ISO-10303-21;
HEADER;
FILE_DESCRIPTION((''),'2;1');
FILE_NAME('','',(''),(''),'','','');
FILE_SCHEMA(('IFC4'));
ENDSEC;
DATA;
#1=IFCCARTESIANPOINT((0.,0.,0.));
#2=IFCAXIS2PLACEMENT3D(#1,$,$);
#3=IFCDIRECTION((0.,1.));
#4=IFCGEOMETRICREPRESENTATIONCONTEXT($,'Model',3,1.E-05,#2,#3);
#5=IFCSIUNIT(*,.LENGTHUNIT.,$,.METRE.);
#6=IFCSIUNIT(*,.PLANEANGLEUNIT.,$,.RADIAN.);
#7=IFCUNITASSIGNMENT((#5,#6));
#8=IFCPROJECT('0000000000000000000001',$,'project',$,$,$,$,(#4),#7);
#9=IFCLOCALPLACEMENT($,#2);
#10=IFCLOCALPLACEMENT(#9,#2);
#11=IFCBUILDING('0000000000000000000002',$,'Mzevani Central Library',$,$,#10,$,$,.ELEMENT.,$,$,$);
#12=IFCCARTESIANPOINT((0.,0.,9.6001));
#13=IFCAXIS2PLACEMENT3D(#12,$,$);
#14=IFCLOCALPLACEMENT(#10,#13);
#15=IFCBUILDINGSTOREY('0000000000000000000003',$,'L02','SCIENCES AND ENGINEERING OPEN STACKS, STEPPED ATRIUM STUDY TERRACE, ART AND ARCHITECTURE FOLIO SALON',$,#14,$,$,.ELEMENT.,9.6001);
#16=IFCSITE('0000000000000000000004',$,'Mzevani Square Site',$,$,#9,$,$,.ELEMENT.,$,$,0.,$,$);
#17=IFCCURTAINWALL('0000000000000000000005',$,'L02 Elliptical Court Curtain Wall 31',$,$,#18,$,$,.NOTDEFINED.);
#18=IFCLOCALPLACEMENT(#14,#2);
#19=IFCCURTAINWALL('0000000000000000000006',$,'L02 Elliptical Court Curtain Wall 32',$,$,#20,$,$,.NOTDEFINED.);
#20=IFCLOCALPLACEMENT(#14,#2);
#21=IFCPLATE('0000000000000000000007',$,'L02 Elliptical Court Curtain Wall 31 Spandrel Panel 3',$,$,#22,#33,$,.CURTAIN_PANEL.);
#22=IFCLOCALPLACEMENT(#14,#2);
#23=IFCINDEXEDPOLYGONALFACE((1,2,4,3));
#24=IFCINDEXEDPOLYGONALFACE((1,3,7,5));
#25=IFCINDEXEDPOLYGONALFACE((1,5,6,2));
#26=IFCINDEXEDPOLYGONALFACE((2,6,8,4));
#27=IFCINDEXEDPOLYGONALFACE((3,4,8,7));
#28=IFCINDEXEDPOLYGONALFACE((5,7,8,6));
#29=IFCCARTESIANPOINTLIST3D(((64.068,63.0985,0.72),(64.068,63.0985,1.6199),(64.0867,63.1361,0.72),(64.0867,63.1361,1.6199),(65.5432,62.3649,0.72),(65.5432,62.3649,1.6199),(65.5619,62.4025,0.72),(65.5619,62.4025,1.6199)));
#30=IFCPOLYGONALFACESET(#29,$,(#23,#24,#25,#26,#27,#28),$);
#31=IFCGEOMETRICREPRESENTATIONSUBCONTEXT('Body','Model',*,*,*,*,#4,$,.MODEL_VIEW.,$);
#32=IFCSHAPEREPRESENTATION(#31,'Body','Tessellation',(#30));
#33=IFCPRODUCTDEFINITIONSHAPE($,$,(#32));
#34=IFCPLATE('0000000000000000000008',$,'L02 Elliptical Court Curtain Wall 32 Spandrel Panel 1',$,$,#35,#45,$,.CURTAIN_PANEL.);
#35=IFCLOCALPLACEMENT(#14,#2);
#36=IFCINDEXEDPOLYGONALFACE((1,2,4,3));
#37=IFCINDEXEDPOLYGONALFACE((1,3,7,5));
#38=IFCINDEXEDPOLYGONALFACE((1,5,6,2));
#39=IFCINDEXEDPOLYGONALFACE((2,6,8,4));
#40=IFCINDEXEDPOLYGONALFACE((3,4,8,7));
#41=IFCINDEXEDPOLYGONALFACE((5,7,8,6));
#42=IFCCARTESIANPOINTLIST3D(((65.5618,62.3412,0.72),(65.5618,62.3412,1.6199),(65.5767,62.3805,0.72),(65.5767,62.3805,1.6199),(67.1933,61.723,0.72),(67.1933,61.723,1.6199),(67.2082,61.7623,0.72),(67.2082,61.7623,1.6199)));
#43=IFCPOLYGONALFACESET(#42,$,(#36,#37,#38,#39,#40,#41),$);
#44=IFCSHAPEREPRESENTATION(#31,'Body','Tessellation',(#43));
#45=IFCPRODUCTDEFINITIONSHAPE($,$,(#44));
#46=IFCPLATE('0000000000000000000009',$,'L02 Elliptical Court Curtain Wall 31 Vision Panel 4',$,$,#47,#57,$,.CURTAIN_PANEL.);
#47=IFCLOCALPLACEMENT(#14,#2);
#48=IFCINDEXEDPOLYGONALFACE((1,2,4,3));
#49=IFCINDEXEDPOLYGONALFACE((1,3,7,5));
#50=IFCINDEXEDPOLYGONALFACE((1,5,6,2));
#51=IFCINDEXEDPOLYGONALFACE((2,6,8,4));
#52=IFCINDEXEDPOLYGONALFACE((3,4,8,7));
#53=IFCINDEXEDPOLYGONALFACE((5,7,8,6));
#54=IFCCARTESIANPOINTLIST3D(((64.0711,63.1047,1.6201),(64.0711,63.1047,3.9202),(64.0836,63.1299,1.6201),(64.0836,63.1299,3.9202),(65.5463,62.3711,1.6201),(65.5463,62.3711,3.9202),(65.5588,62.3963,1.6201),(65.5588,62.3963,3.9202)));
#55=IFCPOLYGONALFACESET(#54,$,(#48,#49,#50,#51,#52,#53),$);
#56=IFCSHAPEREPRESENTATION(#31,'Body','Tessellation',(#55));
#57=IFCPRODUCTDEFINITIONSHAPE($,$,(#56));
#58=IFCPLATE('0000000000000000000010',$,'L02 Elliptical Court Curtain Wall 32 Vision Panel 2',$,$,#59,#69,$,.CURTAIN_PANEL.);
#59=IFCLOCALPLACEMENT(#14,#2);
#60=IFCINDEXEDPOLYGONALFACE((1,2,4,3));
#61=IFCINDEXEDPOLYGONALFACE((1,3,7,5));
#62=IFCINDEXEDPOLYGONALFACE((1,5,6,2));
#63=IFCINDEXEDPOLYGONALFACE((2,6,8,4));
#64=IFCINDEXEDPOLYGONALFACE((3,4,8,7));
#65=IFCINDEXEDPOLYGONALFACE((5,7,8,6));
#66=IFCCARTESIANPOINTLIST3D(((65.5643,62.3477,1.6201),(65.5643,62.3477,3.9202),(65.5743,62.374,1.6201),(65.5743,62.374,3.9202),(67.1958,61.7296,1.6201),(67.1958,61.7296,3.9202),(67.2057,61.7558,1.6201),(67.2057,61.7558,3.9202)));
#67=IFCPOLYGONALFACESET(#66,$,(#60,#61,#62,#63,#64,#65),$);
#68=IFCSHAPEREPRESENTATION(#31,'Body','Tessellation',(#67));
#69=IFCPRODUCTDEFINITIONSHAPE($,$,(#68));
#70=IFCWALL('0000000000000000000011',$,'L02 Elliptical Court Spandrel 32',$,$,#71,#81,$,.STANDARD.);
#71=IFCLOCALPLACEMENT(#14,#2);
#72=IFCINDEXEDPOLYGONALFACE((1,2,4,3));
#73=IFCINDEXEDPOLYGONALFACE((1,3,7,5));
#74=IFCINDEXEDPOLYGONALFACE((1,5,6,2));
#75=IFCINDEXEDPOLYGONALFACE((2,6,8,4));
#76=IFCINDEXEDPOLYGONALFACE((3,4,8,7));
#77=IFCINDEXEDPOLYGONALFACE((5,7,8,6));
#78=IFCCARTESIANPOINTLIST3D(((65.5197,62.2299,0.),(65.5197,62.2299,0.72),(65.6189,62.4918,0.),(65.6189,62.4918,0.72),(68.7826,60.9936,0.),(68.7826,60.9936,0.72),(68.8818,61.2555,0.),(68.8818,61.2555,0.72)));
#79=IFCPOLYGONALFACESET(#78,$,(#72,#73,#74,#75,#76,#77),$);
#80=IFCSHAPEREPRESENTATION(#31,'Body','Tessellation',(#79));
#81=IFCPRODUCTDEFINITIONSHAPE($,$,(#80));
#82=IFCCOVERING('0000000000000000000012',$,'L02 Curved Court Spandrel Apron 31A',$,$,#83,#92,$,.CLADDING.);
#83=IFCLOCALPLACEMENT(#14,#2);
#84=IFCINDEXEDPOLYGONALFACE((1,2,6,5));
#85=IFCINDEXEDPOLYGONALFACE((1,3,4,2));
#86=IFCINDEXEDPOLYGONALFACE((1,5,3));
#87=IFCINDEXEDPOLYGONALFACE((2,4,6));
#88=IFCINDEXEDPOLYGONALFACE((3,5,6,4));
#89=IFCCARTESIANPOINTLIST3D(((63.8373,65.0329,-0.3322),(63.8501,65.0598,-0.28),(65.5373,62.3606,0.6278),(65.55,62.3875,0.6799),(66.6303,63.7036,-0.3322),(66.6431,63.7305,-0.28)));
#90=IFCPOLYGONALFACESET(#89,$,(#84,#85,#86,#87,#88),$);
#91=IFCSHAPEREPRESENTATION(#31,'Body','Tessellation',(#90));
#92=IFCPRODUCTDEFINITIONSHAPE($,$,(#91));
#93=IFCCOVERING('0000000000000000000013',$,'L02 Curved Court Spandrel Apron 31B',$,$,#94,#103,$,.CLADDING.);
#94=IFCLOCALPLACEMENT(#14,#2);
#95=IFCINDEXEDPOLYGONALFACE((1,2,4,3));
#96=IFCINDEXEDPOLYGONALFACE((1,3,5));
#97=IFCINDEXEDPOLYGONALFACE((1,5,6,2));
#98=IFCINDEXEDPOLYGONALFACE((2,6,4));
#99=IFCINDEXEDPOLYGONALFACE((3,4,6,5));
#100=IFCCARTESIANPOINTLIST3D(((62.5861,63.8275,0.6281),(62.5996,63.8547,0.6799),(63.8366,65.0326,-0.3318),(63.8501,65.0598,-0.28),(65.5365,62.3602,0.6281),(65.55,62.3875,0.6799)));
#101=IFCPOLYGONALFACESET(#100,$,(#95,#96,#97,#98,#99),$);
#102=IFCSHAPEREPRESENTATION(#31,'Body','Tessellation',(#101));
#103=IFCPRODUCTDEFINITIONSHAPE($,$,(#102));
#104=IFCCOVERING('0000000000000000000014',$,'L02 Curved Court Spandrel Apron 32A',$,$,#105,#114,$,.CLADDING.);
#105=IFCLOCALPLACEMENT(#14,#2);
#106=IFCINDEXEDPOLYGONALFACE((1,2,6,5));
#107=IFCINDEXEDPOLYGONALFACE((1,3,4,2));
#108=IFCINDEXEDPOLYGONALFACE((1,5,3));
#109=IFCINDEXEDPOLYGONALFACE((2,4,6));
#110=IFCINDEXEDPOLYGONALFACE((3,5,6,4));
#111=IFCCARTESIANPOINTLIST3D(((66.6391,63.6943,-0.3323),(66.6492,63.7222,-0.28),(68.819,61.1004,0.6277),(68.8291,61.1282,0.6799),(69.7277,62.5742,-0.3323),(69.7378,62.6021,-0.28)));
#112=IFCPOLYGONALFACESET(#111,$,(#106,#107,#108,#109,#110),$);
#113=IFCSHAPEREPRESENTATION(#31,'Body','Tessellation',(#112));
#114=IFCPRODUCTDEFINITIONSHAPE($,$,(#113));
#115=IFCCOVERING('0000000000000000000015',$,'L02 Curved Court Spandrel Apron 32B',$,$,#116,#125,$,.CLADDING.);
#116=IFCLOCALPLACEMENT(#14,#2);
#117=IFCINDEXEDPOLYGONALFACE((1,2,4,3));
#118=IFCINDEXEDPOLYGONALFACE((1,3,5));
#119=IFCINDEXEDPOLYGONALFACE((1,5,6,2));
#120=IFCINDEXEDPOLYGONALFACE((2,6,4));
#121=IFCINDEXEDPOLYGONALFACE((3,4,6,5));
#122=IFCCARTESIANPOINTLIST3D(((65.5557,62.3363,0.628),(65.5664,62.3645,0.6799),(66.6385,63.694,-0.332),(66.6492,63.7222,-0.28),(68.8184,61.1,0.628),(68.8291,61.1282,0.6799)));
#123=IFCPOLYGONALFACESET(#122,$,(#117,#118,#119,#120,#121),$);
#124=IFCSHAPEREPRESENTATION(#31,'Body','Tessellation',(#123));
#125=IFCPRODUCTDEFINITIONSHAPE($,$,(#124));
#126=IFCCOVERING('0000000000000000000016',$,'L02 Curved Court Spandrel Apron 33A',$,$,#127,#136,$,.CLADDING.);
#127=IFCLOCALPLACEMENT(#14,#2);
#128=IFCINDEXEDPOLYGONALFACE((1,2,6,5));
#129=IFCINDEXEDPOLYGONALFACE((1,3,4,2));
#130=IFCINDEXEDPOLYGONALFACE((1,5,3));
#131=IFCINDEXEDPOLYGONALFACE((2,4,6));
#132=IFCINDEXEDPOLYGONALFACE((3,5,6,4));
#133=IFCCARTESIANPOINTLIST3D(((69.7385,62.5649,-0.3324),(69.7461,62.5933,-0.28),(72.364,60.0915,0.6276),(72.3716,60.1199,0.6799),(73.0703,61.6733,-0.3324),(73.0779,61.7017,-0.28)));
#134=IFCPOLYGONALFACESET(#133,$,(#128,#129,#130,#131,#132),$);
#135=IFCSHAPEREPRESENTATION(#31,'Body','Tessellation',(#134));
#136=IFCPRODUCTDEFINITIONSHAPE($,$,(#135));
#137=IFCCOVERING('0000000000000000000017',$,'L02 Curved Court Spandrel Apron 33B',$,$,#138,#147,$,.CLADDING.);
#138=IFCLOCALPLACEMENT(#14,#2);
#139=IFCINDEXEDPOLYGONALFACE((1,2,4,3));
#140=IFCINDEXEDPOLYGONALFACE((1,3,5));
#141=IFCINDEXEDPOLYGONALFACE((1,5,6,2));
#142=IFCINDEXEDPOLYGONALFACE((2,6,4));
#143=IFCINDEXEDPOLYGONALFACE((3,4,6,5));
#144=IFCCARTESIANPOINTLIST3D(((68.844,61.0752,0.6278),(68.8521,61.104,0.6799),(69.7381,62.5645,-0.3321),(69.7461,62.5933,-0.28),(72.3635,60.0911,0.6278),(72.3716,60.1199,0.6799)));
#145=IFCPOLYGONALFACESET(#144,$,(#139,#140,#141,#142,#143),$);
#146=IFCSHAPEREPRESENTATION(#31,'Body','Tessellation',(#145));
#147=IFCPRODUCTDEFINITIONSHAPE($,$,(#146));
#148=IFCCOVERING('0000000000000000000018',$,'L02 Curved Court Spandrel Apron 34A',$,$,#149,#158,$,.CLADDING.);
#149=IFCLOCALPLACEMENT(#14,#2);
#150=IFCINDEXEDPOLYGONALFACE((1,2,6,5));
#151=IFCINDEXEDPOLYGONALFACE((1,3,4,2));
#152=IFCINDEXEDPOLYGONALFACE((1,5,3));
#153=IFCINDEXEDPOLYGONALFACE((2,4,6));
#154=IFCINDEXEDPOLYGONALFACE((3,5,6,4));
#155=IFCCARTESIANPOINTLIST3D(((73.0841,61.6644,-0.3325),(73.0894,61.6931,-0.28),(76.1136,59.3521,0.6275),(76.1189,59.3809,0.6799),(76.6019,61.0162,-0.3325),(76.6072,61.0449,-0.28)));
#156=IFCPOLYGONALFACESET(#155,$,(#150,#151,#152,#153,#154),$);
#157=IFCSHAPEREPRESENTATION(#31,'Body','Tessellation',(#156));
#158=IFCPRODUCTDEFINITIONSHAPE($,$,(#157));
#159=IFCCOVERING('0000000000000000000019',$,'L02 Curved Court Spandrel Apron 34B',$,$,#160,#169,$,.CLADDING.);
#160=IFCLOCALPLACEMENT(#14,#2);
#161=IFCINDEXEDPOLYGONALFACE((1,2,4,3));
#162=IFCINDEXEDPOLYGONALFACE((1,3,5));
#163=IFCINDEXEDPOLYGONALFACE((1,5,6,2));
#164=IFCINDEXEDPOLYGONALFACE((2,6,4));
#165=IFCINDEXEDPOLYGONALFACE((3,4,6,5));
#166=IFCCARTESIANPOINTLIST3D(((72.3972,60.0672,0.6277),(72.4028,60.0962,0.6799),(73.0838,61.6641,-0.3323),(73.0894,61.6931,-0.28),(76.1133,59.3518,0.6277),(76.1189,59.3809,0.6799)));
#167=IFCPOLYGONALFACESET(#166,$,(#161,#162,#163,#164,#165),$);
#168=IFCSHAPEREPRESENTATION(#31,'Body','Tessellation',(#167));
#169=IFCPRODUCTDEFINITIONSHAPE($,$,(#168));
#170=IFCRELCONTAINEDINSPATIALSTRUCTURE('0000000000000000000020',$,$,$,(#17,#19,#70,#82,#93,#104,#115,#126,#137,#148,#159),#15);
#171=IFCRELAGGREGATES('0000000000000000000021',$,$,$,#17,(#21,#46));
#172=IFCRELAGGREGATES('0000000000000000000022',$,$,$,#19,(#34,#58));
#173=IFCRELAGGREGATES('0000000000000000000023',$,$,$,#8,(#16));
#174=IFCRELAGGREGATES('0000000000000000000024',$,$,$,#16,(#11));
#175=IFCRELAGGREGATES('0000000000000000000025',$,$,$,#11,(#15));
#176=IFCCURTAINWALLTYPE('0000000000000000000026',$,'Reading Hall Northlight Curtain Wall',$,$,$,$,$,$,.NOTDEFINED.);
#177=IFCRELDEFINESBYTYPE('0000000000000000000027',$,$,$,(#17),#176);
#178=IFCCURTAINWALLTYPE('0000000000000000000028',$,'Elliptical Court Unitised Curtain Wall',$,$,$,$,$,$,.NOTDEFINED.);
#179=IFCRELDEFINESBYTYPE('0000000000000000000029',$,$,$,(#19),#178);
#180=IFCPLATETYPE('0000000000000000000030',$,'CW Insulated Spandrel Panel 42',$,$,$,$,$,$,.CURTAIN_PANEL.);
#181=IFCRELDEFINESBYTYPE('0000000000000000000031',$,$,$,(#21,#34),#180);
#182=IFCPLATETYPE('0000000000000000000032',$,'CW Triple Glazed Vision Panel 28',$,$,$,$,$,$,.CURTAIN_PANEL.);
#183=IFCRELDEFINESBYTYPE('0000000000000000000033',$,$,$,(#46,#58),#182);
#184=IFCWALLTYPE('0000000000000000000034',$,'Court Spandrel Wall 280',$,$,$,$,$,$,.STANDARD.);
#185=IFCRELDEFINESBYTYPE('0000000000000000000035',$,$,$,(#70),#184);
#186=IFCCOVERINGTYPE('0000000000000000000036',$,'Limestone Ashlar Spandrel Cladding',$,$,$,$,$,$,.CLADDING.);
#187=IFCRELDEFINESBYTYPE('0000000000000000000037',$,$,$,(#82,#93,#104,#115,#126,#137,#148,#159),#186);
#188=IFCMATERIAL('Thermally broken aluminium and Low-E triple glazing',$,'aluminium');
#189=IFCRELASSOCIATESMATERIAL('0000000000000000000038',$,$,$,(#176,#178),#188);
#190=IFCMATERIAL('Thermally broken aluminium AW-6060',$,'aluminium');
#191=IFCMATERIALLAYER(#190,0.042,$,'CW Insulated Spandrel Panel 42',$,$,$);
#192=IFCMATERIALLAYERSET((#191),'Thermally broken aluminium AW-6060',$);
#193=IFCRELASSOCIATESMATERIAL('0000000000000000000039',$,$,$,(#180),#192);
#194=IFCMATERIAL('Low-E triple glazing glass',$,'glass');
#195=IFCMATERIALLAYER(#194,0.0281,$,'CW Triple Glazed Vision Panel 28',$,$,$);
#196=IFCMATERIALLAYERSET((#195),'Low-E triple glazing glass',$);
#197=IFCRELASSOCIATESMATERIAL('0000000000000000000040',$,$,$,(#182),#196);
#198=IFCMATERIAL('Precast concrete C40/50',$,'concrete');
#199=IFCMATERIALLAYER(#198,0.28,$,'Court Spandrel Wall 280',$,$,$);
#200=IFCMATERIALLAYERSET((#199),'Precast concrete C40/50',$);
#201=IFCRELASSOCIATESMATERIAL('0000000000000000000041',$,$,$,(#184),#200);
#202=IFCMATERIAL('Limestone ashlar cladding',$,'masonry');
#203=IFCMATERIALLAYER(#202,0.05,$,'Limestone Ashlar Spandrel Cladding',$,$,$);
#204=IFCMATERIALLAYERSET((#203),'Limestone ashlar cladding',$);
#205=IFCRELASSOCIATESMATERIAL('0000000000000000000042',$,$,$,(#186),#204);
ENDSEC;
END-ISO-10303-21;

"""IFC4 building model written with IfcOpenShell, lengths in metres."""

from ifc_helpers import new_model, si_unit, direction, frame, frame_2d, origin, origin_2d, place, context, subcontext, project, spatial, polyline, rectangle, outline, extrude, material, layer, layer_set, type_object, element, aggregate, save


model = new_model("IFC4")

# Units and contexts
model_context = context("Model", 3, precision=1e-05, world=origin(), true_north=direction((0.0, 1.0)))
body_context = subcontext(model_context, "Body", "Model", "MODEL_VIEW")
ifc_project = project(units=[si_unit("LENGTHUNIT", "METRE"), si_unit("PLANEANGLEUNIT", "RADIAN")], contexts=[model_context])

# Site, building, storey
site_placement = place(None, origin())
site = spatial("IfcSite", under=ifc_project, at=site_placement, Name="Mzevani Square Site", CompositionType="ELEMENT", RefElevation=0.0)
building_placement = place(site_placement, origin())
building = spatial("IfcBuilding", under=site, at=building_placement, Name="Mzevani Central Library", CompositionType="ELEMENT")
storey_placement = place(building_placement, frame((0.0, 0.0, 9.6001)))
storey = spatial("IfcBuildingStorey", under=building, at=storey_placement, Name="L02", Description="SCIENCES AND ENGINEERING OPEN STACKS, STEPPED ATRIUM STUDY TERRACE, ART AND ARCHITECTURE FOLIO SALON", CompositionType="ELEMENT", Elevation=9.6001)

# Curtain walls
ifc_material_1 = material(Name="Thermally broken aluminium and Low-E triple glazing", Category="aluminium")
curtain_wall_type_1 = type_object("IfcCurtainWallType", Name="Reading Hall Northlight Curtain Wall", PredefinedType="NOTDEFINED", material=ifc_material_1)
curtain_wall_1_placement = place(storey_placement, origin())
curtain_wall_1 = element("IfcCurtainWall", 1, at=curtain_wall_1_placement, inside=storey, type_object=curtain_wall_type_1, Name="L02 Elliptical Court Curtain Wall 31", PredefinedType="NOTDEFINED")
ifc_material_2 = material(Name="Thermally broken aluminium AW-6060", Category="aluminium")
curtain_wall_type_2 = type_object("IfcCurtainWallType", Name="Elliptical Court Unitised Curtain Wall", PredefinedType="NOTDEFINED", material=ifc_material_1)
curtain_wall_2_placement = place(storey_placement, origin())
curtain_wall_2 = element("IfcCurtainWall", 2, at=curtain_wall_2_placement, inside=storey, type_object=curtain_wall_type_2, Name="L02 Elliptical Court Curtain Wall 32", PredefinedType="NOTDEFINED")

# Plates
ifc_layer_1 = layer(ifc_material_2, 0.042, Name="CW Insulated Spandrel Panel 42")
ifc_layer_set_1 = layer_set([ifc_layer_1], Name="Thermally broken aluminium AW-6060")
plate_type_1 = type_object("IfcPlateType", Name="CW Insulated Spandrel Panel 42", PredefinedType="CURTAIN_PANEL", material=ifc_layer_set_1)
plate_1_placement = place(storey_placement, frame((64.8149, 62.7505, 0.72), z_axis=(0.0, 0.0, 1.0), x_axis=(0.89539, -0.445282, 0.0)))
plate_1 = element("IfcPlate", 3, at=plate_1_placement, type_object=plate_type_1, Name="L02 Elliptical Court Curtain Wall 31 Spandrel Panel 3", PredefinedType="CURTAIN_PANEL", context=body_context, shape_type="SweptSolid", body=[
    extrude(rectangle(XDim=1.6475, YDim=0.042, at=origin_2d()), origin(), (0.0, 0.0, 1.0), 0.8999),
])
plate_2_placement = place(storey_placement, frame((66.385, 62.0518, 0.72), z_axis=(0.0, 0.0, 1.0), x_axis=(0.935126, -0.354316, 0.0)))
plate_2 = element("IfcPlate", 4, at=plate_2_placement, type_object=plate_type_1, Name="L02 Elliptical Court Curtain Wall 32 Spandrel Panel 1", PredefinedType="CURTAIN_PANEL", context=body_context, shape_type="SweptSolid", body=[
    extrude(rectangle(XDim=1.7446, YDim=0.042, at=origin_2d()), origin(), (0.0, 0.0, 1.0), 0.8999),
])
ifc_material_3 = material(Name="Low-E triple glazing glass", Category="glass")
ifc_layer_2 = layer(ifc_material_3, 0.0281, Name="CW Triple Glazed Vision Panel 28")
ifc_layer_set_2 = layer_set([ifc_layer_2], Name="Low-E triple glazing glass")
plate_type_2 = type_object("IfcPlateType", Name="CW Triple Glazed Vision Panel 28", PredefinedType="CURTAIN_PANEL", material=ifc_layer_set_2)
plate_3_placement = place(storey_placement, frame((64.8149, 62.7505, 1.6201), z_axis=(0.0, 0.0, 1.0), x_axis=(0.89539, -0.445282, 0.0)))
plate_3 = element("IfcPlate", 5, at=plate_3_placement, type_object=plate_type_2, Name="L02 Elliptical Court Curtain Wall 31 Vision Panel 4", PredefinedType="CURTAIN_PANEL", context=body_context, shape_type="SweptSolid", body=[
    extrude(rectangle(XDim=1.6475, YDim=0.0281, at=origin_2d()), origin(), (0.0, 0.0, 1.0), 2.3),
])
aggregate(curtain_wall_1, [plate_1, plate_3])
plate_4_placement = place(storey_placement, frame((66.385, 62.0518, 1.6201), z_axis=(0.0, 0.0, 1.0), x_axis=(0.935126, -0.354316, 0.0)))
plate_4 = element("IfcPlate", 6, at=plate_4_placement, type_object=plate_type_2, Name="L02 Elliptical Court Curtain Wall 32 Vision Panel 2", PredefinedType="CURTAIN_PANEL", context=body_context, shape_type="SweptSolid", body=[
    extrude(rectangle(XDim=1.7446, YDim=0.0281, at=origin_2d()), origin(), (0.0, 0.0, 1.0), 2.3),
])
aggregate(curtain_wall_2, [plate_2, plate_4])

# Wall
ifc_material_4 = material(Name="Precast concrete C40/50", Category="concrete")
ifc_layer_3 = layer(ifc_material_4, 0.28, Name="Court Spandrel Wall 280")
ifc_layer_set_3 = layer_set([ifc_layer_3], Name="Precast concrete C40/50")
wall_type = type_object("IfcWallType", Name="Court Spandrel Wall 280", PredefinedType="STANDARD", material=ifc_layer_set_3)
wall_placement = place(storey_placement, frame((65.5693, 62.3608, 0.0), z_axis=(0.0, 0.0, 1.0), x_axis=(0.935125, -0.354319, 0.0)))
element("IfcWall", 7, at=wall_placement, inside=storey, type_object=wall_type, Name="L02 Elliptical Court Spandrel 32", PredefinedType="STANDARD", context=body_context, shape_type="SweptSolid", body=[
    extrude(rectangle(XDim=3.4893, YDim=0.28, at=frame_2d((1.7446, 0.0))), origin(), (0.0, 0.0, 1.0), 0.72),
])

# Coverings
ifc_material_5 = material(Name="Limestone ashlar cladding", Category="masonry")
ifc_layer_4 = layer(ifc_material_5, 0.05, Name="Limestone Ashlar Spandrel Cladding")
ifc_layer_set_4 = layer_set([ifc_layer_4], Name="Limestone ashlar cladding")
covering_type = type_object("IfcCoveringType", Name="Limestone Ashlar Spandrel Cladding", PredefinedType="CLADDING", material=ifc_layer_set_4)
covering_1_placement = place(storey_placement, frame((63.8501, 65.0598, -0.28), z_axis=(0.212987, 0.447487, 0.868557), x_axis=(0.902941, -0.429765, 0.0)))
element("IfcCovering", 8, at=covering_1_placement, inside=storey, type_object=covering_type, Name="L02 Curved Court Spandrel Apron 31A", PredefinedType="CLADDING", context=body_context, shape_type="SweptSolid", body=[
    extrude(outline(polyline([(0.0, 0.0), (3.0932, 0.0), (2.6834, -1.937), (0.0, 0.0)])), origin(), (0.0, 0.0, -1.0), 0.0601),
])
covering_2_placement = place(storey_placement, frame((63.8501, 65.0598, -0.28), z_axis=(0.225368, 0.453174, 0.862463), x_axis=(0.513656, -0.807479, 0.290061)))
element("IfcCovering", 9, at=covering_2_placement, inside=storey, type_object=covering_type, Name="L02 Curved Court Spandrel Apron 31B", PredefinedType="CLADDING", context=body_context, shape_type="SweptSolid", body=[
    extrude(outline(polyline([(0.0, 0.0), (3.3095, 0.0), (0.6092, -1.8885), (0.0, 0.0)])), origin(), (0.0, 0.0, -1.0), 0.0601),
])
covering_3_placement = place(storey_placement, frame((66.6492, 63.7222, -0.28), z_axis=(0.167984, 0.463201, 0.870188), x_axis=(0.940088, -0.340931, 0.0)))
element("IfcCovering", 10, at=covering_3_placement, inside=storey, type_object=covering_type, Name="L02 Curved Court Spandrel Apron 32A", PredefinedType="CLADDING", context=body_context, shape_type="SweptSolid", body=[
    extrude(outline(polyline([(0.0, 0.0), (3.2855, 0.0), (2.9337, -1.9483), (0.0, 0.0)])), origin(), (0.0, 0.0, -1.0), 0.0601),
])
covering_4_placement = place(storey_placement, frame((66.6492, 63.7222, -0.28), z_axis=(0.17793, 0.46956, 0.864786), x_axis=(0.618998, -0.736573, 0.272584)))
element("IfcCovering", 11, at=covering_4_placement, inside=storey, type_object=covering_type, Name="L02 Curved Court Spandrel Apron 32B", PredefinedType="CLADDING", context=body_context, shape_type="SweptSolid", body=[
    extrude(outline(polyline([(0.0, 0.0), (3.5217, 0.0), (0.5915, -1.894), (0.0, 0.0)])), origin(), (0.0, 0.0, -1.0), 0.0601),
])
covering_5_placement = place(storey_placement, frame((69.7461, 62.5933, -0.28), z_axis=(0.126511, 0.472753, 0.872066), x_axis=(0.966009, -0.258508, 0.0)))
element("IfcCovering", 12, at=covering_5_placement, inside=storey, type_object=covering_type, Name="L02 Curved Court Spandrel Apron 33A", PredefinedType="CLADDING", context=body_context, shape_type="SweptSolid", body=[
    extrude(outline(polyline([(0.0, 0.0), (3.449, 0.0), (3.1756, -1.9616), (0.0, 0.0)])), origin(), (0.0, 0.0, -1.0), 0.0601),
])
covering_6_placement = place(storey_placement, frame((69.7461, 62.5933, -0.28), z_axis=(0.133902, 0.47887, 0.867614), x_axis=(0.703392, -0.662643, 0.257182)))
element("IfcCovering", 13, at=covering_6_placement, inside=storey, type_object=covering_type, Name="L02 Curved Court Spandrel Apron 33B", PredefinedType="CLADDING", context=body_context, shape_type="SweptSolid", body=[
    extrude(outline(polyline([(0.0, 0.0), (3.7326, 0.0), (0.6049, -1.8902), (0.0, 0.0)])), origin(), (0.0, 0.0, -1.0), 0.0601),
])
covering_7_placement = place(storey_placement, frame((73.0894, 61.6931, -0.28), z_axis=(0.088117, 0.478224, 0.873806), x_axis=(0.983445, -0.181209, 0.0)))
element("IfcCovering", 14, at=covering_7_placement, inside=storey, type_object=covering_type, Name="L02 Curved Court Spandrel Apron 34A", PredefinedType="CLADDING", context=body_context, shape_type="SweptSolid", body=[
    extrude(outline(polyline([(0.0, 0.0), (3.577, 0.0), (3.3984, -1.9741), (0.0, 0.0)])), origin(), (0.0, 0.0, -1.0), 0.0601),
])
covering_8_placement = place(storey_placement, frame((73.0894, 61.6931, -0.28), z_axis=(0.093032, 0.483291, 0.870502), x_axis=(0.770844, -0.588336, 0.244255)))
element("IfcCovering", 15, at=covering_8_placement, inside=storey, type_object=covering_type, Name="L02 Curved Court Spandrel Apron 34B", PredefinedType="CLADDING", context=body_context, shape_type="SweptSolid", body=[
    extrude(outline(polyline([(0.0, 0.0), (3.9302, 0.0), (0.6448, -1.8781), (0.0, 0.0)])), origin(), (0.0, 0.0, -1.0), 0.0601),
])

save(model, "model.ifc")
